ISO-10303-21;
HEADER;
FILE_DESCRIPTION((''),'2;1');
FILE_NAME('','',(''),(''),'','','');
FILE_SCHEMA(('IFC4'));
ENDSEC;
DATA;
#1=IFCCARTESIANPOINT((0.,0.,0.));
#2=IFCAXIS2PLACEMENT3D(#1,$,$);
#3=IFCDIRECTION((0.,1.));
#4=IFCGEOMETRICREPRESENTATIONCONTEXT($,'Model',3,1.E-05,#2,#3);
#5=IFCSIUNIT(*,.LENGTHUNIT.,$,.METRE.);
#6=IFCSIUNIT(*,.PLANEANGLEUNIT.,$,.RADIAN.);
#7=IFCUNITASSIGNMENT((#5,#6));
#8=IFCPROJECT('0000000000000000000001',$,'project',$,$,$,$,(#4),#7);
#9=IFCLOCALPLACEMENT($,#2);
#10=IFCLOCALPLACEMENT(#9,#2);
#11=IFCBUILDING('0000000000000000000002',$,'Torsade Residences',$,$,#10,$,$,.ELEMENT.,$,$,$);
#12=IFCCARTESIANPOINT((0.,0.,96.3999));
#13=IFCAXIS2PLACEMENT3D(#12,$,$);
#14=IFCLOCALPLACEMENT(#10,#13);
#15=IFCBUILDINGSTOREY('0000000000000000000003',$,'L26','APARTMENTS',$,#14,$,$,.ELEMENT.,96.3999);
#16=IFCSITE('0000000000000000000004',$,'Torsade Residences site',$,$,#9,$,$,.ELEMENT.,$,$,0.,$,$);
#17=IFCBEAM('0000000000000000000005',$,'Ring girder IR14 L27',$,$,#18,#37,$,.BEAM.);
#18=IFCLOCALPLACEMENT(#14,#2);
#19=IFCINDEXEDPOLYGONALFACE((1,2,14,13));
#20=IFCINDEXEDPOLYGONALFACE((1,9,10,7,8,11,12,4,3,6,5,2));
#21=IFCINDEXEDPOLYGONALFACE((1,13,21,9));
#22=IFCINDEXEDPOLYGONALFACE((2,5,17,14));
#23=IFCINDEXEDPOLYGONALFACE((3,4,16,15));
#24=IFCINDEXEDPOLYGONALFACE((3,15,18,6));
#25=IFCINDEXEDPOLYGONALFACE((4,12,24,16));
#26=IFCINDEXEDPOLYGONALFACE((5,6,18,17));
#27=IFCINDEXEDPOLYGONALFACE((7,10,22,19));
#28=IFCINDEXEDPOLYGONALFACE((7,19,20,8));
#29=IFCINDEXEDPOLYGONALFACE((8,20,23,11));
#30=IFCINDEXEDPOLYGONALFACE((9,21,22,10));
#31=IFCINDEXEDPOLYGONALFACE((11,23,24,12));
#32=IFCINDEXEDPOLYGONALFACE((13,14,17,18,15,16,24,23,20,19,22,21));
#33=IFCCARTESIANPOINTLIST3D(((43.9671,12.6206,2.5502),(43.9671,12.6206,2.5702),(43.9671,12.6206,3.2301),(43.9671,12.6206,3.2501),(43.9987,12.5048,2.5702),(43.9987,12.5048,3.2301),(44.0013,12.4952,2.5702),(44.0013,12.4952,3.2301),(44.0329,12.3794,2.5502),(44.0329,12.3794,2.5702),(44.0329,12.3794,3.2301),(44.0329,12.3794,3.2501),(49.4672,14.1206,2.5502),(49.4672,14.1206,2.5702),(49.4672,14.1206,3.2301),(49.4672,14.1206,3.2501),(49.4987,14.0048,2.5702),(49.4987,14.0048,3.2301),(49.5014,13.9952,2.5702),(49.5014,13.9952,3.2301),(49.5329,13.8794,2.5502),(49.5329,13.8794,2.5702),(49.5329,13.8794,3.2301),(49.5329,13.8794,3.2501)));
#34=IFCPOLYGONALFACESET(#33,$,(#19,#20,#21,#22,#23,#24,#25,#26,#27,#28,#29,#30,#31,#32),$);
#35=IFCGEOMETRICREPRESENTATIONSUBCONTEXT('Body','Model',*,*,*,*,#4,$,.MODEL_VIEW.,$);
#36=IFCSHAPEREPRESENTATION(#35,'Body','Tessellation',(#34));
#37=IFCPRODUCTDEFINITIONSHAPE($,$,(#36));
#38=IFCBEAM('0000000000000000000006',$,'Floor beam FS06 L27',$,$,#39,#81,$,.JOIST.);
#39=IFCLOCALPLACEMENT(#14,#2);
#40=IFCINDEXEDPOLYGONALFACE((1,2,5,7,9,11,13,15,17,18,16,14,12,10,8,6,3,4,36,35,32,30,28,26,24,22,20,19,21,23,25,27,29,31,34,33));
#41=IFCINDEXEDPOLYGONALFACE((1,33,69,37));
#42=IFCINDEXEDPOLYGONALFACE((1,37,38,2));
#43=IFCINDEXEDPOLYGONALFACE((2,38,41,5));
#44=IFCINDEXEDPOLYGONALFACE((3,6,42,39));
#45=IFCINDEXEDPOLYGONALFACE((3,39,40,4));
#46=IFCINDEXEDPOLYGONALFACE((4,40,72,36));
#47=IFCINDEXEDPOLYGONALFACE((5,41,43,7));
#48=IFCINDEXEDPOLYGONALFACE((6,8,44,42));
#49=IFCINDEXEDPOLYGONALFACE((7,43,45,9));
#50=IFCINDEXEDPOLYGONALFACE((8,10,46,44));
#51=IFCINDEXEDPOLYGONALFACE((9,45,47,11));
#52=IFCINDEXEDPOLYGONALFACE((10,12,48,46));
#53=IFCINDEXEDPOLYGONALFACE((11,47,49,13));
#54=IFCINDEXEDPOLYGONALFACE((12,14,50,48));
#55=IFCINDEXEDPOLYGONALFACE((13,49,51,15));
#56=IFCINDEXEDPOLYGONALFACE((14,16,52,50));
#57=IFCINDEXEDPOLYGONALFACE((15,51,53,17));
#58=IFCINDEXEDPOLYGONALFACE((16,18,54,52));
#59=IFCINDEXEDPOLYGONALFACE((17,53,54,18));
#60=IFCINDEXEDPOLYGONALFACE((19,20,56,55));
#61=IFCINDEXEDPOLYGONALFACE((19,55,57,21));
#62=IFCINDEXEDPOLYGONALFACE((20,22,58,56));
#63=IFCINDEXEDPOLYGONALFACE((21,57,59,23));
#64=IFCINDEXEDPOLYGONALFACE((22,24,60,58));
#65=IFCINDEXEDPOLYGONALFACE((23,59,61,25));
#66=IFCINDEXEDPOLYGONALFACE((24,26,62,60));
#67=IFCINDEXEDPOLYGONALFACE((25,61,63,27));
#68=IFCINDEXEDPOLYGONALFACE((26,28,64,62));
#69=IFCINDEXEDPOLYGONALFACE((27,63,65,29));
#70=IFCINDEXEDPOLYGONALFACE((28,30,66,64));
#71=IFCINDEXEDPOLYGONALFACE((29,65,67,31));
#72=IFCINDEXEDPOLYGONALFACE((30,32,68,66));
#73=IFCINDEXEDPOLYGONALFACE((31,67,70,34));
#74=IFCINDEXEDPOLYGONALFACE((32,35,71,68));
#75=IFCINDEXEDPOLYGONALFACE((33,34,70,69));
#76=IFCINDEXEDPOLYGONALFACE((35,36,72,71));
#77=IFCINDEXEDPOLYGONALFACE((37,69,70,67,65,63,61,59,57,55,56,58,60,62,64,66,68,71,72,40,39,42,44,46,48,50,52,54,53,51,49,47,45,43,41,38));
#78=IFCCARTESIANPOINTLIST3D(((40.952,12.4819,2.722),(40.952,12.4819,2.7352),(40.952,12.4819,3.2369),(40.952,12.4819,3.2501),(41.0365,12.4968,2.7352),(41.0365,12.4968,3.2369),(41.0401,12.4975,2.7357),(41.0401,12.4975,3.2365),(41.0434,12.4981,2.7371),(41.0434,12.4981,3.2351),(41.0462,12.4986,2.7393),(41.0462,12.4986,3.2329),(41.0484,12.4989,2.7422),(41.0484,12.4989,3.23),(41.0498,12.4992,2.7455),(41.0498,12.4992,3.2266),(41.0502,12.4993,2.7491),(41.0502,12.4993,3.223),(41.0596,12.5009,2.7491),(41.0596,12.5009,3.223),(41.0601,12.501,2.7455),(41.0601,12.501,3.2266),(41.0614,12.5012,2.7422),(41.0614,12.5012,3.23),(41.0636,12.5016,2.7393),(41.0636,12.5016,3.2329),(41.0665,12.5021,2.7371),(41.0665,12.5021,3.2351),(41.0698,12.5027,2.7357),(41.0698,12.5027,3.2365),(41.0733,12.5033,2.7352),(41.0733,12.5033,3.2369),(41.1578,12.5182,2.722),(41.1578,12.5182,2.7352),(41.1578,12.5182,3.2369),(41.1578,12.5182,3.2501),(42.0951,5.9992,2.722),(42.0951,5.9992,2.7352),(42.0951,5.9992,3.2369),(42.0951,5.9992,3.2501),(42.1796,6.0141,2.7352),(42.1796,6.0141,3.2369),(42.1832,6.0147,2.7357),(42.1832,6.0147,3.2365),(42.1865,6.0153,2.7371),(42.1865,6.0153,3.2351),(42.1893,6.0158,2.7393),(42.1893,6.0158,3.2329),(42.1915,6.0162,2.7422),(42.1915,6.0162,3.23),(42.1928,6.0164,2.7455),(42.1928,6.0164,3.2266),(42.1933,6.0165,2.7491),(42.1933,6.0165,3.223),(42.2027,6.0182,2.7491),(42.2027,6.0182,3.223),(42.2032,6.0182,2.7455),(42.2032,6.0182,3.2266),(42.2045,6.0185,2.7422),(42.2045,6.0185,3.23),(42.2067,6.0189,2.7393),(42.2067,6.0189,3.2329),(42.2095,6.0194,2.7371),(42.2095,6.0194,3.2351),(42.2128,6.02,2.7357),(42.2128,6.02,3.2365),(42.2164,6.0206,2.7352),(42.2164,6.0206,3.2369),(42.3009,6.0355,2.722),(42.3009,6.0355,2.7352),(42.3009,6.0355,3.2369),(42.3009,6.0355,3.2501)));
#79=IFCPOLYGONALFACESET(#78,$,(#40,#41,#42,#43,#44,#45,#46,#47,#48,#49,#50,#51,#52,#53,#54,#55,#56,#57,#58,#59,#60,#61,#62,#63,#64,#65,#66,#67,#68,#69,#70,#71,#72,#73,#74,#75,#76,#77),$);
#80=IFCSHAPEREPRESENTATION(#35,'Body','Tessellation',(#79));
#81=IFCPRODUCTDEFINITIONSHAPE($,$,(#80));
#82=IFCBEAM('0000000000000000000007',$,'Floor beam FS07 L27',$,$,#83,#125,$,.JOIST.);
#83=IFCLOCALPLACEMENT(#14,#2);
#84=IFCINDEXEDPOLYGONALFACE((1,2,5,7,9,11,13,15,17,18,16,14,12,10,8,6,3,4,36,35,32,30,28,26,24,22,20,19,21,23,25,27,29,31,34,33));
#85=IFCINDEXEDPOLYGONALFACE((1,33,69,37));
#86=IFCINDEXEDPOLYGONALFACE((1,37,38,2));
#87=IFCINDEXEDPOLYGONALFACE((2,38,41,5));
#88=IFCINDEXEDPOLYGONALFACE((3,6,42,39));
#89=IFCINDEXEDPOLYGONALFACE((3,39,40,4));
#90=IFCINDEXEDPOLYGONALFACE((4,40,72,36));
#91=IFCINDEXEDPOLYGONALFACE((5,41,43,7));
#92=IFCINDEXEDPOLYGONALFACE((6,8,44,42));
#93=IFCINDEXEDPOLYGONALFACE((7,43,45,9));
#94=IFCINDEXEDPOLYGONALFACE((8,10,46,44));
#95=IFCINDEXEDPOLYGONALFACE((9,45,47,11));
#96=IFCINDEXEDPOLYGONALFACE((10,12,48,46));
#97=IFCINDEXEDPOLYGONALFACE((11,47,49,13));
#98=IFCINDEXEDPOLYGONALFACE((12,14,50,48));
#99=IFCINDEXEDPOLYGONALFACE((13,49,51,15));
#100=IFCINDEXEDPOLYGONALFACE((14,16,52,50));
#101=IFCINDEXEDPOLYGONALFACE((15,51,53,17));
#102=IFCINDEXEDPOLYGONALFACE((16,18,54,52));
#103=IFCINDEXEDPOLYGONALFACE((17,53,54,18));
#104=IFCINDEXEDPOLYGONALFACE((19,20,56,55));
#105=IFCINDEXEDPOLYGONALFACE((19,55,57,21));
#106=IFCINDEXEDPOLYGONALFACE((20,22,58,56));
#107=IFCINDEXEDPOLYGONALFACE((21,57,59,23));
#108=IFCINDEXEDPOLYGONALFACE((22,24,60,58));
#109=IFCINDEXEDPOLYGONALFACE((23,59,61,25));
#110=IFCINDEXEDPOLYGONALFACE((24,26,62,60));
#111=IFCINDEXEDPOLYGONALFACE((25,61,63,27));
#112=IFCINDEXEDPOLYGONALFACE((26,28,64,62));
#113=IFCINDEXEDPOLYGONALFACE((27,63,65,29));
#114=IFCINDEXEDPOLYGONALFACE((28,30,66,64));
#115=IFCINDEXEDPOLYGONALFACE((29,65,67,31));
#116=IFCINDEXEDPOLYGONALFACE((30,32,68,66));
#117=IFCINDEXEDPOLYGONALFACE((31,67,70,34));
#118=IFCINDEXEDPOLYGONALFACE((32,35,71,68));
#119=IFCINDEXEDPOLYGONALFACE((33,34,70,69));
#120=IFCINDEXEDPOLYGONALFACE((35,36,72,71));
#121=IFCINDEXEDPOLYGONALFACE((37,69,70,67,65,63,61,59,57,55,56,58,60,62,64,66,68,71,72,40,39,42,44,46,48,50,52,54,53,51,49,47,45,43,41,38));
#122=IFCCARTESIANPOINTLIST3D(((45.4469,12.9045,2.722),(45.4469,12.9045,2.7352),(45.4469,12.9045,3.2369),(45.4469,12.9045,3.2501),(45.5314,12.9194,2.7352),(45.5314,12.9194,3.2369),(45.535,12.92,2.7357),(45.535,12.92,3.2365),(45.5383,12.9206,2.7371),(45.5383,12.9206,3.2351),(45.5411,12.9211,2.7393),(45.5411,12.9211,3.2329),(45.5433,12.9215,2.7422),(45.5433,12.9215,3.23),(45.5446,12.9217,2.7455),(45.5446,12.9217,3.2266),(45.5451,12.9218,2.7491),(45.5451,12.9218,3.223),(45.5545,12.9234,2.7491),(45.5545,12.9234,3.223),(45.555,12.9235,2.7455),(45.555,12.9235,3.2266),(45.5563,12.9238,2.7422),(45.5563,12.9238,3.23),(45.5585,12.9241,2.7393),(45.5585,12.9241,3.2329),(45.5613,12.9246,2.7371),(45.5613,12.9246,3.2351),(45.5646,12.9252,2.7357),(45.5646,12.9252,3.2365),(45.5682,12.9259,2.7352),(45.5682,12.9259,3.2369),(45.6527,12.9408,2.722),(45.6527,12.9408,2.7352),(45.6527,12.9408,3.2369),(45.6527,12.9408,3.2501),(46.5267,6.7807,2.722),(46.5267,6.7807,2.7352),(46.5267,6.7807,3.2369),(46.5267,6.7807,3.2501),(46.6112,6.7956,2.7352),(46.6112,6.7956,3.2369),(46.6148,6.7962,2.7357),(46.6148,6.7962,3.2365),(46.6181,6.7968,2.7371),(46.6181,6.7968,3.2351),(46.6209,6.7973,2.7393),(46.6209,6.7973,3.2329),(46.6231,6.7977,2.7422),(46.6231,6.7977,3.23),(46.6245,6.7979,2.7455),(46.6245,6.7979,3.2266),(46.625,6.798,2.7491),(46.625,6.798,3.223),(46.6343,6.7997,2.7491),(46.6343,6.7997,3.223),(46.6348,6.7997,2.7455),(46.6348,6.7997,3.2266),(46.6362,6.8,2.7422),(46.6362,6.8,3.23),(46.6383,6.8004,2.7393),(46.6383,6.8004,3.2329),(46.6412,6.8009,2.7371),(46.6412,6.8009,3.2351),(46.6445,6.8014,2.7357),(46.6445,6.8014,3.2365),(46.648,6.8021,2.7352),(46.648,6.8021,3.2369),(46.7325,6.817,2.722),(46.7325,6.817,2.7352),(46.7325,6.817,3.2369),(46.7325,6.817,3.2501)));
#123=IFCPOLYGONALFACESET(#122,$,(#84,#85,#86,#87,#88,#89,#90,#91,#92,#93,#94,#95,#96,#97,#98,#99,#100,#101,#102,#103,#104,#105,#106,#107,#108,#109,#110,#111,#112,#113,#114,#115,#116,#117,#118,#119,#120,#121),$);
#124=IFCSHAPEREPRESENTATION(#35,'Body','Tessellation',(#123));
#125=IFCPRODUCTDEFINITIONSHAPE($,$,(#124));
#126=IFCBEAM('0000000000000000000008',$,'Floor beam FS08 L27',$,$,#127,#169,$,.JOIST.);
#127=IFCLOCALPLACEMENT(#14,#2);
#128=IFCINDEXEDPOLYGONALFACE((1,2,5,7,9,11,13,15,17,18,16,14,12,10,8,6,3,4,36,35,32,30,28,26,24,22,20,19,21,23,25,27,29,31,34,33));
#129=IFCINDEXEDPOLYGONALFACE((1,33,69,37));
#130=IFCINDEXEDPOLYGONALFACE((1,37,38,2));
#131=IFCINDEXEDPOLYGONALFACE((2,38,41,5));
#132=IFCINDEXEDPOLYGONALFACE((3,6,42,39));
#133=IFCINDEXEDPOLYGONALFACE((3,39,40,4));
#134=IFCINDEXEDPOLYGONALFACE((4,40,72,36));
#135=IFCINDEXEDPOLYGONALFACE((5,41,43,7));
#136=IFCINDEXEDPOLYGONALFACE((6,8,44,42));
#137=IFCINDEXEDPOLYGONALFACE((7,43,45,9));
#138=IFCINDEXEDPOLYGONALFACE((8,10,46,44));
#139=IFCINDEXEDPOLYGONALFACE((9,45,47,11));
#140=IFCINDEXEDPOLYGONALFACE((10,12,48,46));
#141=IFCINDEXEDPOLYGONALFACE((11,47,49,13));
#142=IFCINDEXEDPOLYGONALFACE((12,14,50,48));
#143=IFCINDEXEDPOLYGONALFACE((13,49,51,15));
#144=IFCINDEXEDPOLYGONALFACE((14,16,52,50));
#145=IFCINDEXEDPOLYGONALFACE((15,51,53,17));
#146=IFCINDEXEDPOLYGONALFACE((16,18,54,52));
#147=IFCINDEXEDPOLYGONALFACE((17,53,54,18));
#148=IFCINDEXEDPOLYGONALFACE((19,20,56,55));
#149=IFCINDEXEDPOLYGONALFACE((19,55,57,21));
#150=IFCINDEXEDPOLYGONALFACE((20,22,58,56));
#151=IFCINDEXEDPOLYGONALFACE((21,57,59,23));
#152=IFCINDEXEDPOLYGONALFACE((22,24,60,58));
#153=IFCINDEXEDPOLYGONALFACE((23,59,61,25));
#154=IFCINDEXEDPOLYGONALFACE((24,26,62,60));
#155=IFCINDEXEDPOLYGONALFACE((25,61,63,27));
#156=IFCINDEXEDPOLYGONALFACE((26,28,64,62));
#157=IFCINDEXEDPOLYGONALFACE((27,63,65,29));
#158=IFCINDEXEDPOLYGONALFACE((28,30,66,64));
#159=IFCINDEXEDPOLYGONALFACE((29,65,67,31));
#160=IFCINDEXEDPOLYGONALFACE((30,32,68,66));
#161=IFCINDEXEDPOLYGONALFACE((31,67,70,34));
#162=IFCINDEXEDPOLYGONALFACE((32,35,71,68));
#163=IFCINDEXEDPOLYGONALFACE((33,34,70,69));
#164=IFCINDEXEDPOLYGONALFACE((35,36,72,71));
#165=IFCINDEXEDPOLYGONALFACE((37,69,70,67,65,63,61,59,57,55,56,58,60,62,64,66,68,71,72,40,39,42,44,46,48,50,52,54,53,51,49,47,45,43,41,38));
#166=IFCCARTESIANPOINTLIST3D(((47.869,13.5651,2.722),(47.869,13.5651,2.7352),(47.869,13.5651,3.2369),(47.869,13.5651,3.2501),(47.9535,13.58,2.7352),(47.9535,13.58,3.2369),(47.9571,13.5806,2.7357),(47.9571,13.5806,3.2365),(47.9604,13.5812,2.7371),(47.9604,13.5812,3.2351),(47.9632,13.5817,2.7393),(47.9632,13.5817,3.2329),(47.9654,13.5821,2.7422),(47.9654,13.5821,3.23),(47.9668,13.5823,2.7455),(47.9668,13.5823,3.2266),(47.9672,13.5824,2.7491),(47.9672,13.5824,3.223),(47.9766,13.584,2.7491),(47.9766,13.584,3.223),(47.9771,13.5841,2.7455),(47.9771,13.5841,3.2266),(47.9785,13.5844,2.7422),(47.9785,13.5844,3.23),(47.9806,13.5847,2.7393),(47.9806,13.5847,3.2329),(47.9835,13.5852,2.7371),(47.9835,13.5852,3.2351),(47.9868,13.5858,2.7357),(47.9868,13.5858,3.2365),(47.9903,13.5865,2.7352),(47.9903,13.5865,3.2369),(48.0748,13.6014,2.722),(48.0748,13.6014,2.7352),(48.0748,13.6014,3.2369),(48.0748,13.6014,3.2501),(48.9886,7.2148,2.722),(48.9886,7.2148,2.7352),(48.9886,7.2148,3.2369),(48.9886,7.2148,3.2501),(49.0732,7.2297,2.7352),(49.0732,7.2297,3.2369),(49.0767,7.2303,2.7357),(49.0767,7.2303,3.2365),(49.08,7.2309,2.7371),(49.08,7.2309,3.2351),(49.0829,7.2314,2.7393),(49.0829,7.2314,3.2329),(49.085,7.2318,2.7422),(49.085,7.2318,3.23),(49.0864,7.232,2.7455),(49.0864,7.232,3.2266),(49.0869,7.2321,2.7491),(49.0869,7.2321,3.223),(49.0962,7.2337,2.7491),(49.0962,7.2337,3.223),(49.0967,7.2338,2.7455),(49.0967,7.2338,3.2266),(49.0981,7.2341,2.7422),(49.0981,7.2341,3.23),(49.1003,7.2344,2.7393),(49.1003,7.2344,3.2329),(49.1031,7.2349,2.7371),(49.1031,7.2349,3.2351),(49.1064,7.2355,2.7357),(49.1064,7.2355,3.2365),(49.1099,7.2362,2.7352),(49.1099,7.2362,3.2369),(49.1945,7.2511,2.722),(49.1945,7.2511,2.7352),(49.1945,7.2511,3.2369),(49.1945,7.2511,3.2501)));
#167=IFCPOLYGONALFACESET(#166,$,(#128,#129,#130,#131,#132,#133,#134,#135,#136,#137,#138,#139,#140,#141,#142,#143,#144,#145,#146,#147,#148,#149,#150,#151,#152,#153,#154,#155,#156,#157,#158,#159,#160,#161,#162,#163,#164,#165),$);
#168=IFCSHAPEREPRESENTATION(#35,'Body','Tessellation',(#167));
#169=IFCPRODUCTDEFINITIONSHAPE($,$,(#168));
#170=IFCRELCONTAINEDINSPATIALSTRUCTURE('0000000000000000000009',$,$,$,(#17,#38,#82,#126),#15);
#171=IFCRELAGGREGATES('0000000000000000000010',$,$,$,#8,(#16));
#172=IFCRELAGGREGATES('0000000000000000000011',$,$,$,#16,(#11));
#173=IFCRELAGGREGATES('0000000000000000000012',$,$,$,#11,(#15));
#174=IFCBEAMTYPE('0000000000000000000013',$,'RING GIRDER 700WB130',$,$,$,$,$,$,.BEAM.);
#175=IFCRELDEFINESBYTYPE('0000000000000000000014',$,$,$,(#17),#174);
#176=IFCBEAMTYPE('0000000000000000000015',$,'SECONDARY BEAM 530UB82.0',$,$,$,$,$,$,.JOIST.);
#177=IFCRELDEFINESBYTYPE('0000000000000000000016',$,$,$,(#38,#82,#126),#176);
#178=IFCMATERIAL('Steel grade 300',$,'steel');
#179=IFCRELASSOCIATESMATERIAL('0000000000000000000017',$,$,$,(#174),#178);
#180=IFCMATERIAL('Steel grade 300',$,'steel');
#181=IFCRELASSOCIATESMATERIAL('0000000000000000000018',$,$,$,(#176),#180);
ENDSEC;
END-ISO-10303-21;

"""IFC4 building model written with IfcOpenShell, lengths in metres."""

from ifc_helpers import new_model, si_unit, direction, frame, origin, origin_2d, place, context, subcontext, project, spatial, i_section, extrude, material, material_profile, profile_set, type_object, element, save


model = new_model("IFC4")

# Units and contexts
model_context = context("Model", 3, precision=1e-05, world=origin(), true_north=direction((0.0, 1.0)))
body_context = subcontext(model_context, "Body", "Model", "MODEL_VIEW")
ifc_project = project(units=[si_unit("LENGTHUNIT", "METRE"), si_unit("PLANEANGLEUNIT", "RADIAN")], contexts=[model_context])

# Site, building, storey
site_placement = place(None, origin())
site = spatial("IfcSite", under=ifc_project, at=site_placement, Name="Torsade Residences site", CompositionType="ELEMENT", RefElevation=0.0)
building_placement = place(site_placement, origin())
building = spatial("IfcBuilding", under=site, at=building_placement, Name="Torsade Residences", CompositionType="ELEMENT")
storey_placement = place(building_placement, frame((0.0, 0.0, 96.3999)))
storey = spatial("IfcBuildingStorey", under=building, at=storey_placement, Name="L26", Description="APARTMENTS", CompositionType="ELEMENT", Elevation=96.3999)

# Beams
ifc_material_1 = material(Name="Steel grade 300", Category="steel")
ifc_material_profile_1 = material_profile(ifc_material_1, i_section(OverallWidth=0.25, OverallDepth=0.7, WebThickness=0.01, FlangeThickness=0.02, at=origin_2d()), Name="700WB130")
ifc_profile_set_1 = profile_set([ifc_material_profile_1], Name="Steel grade 300")
beam_type_1 = type_object("IfcBeamType", Name="RING GIRDER 700WB130", PredefinedType="BEAM", material=ifc_profile_set_1)
beam_1_placement = place(storey_placement, frame((44.0, 12.5, 2.9001), z_axis=(0.964764, 0.263117, 0.0), x_axis=(-0.263117, 0.964764, 0.0)))
element("IfcBeam", 1, at=beam_1_placement, inside=storey, type_object=beam_type_1, Name="Ring girder IR14 L27", PredefinedType="BEAM", context=body_context, shape_type="SweptSolid", body=[
    extrude(i_section(OverallWidth=0.25, OverallDepth=0.7, WebThickness=0.01, FlangeThickness=0.02, at=origin_2d()), origin(), (0.0, 0.0, 1.0), 5.7009),
])
ifc_material_2 = material(Name="Steel grade 300", Category="steel")
ifc_material_profile_2 = material_profile(ifc_material_2, i_section(OverallWidth=0.209, OverallDepth=0.5281, WebThickness=0.0095, FlangeThickness=0.0132, FilletRadius=0.0139, at=origin_2d()), Name="530UB82.0")
ifc_profile_set_2 = profile_set([ifc_material_profile_2], Name="Steel grade 300")
beam_type_2 = type_object("IfcBeamType", Name="SECONDARY BEAM 530UB82.0", PredefinedType="JOIST", material=ifc_profile_set_2)
beam_2_placement = place(storey_placement, frame((42.198, 6.0173, 2.9861), z_axis=(-0.173648, 0.984808, 0.0), x_axis=(-0.984808, -0.173648, 0.0)))
element("IfcBeam", 2, at=beam_2_placement, inside=storey, type_object=beam_type_2, Name="Floor beam FS06 L27", PredefinedType="JOIST", context=body_context, shape_type="SweptSolid", body=[
    extrude(i_section(OverallWidth=0.209, OverallDepth=0.5281, WebThickness=0.0095, FlangeThickness=0.0132, FilletRadius=0.0139, at=origin_2d()), origin(), (0.0, 0.0, 1.0), 6.5828),
])
beam_3_placement = place(storey_placement, frame((46.6296, 6.7988, 2.9861), z_axis=(-0.173655, 0.984806, 0.0), x_axis=(-0.984806, -0.173655, 0.0)))
element("IfcBeam", 3, at=beam_3_placement, inside=storey, type_object=beam_type_2, Name="Floor beam FS07 L27", PredefinedType="JOIST", context=body_context, shape_type="SweptSolid", body=[
    extrude(i_section(OverallWidth=0.209, OverallDepth=0.5281, WebThickness=0.0095, FlangeThickness=0.0132, FilletRadius=0.0139, at=origin_2d()), origin(), (0.0, 0.0, 1.0), 6.2183),
])
beam_4_placement = place(storey_placement, frame((49.0916, 7.2329, 2.9861), z_axis=(-0.173632, 0.984811, 0.0), x_axis=(-0.984811, -0.173632, 0.0)))
element("IfcBeam", 4, at=beam_4_placement, inside=storey, type_object=beam_type_2, Name="Floor beam FS08 L27", PredefinedType="JOIST", context=body_context, shape_type="SweptSolid", body=[
    extrude(i_section(OverallWidth=0.209, OverallDepth=0.5281, WebThickness=0.0095, FlangeThickness=0.0132, FilletRadius=0.0139, at=origin_2d()), origin(), (0.0, 0.0, 1.0), 6.4482),
])

save(model, "model.ifc")
